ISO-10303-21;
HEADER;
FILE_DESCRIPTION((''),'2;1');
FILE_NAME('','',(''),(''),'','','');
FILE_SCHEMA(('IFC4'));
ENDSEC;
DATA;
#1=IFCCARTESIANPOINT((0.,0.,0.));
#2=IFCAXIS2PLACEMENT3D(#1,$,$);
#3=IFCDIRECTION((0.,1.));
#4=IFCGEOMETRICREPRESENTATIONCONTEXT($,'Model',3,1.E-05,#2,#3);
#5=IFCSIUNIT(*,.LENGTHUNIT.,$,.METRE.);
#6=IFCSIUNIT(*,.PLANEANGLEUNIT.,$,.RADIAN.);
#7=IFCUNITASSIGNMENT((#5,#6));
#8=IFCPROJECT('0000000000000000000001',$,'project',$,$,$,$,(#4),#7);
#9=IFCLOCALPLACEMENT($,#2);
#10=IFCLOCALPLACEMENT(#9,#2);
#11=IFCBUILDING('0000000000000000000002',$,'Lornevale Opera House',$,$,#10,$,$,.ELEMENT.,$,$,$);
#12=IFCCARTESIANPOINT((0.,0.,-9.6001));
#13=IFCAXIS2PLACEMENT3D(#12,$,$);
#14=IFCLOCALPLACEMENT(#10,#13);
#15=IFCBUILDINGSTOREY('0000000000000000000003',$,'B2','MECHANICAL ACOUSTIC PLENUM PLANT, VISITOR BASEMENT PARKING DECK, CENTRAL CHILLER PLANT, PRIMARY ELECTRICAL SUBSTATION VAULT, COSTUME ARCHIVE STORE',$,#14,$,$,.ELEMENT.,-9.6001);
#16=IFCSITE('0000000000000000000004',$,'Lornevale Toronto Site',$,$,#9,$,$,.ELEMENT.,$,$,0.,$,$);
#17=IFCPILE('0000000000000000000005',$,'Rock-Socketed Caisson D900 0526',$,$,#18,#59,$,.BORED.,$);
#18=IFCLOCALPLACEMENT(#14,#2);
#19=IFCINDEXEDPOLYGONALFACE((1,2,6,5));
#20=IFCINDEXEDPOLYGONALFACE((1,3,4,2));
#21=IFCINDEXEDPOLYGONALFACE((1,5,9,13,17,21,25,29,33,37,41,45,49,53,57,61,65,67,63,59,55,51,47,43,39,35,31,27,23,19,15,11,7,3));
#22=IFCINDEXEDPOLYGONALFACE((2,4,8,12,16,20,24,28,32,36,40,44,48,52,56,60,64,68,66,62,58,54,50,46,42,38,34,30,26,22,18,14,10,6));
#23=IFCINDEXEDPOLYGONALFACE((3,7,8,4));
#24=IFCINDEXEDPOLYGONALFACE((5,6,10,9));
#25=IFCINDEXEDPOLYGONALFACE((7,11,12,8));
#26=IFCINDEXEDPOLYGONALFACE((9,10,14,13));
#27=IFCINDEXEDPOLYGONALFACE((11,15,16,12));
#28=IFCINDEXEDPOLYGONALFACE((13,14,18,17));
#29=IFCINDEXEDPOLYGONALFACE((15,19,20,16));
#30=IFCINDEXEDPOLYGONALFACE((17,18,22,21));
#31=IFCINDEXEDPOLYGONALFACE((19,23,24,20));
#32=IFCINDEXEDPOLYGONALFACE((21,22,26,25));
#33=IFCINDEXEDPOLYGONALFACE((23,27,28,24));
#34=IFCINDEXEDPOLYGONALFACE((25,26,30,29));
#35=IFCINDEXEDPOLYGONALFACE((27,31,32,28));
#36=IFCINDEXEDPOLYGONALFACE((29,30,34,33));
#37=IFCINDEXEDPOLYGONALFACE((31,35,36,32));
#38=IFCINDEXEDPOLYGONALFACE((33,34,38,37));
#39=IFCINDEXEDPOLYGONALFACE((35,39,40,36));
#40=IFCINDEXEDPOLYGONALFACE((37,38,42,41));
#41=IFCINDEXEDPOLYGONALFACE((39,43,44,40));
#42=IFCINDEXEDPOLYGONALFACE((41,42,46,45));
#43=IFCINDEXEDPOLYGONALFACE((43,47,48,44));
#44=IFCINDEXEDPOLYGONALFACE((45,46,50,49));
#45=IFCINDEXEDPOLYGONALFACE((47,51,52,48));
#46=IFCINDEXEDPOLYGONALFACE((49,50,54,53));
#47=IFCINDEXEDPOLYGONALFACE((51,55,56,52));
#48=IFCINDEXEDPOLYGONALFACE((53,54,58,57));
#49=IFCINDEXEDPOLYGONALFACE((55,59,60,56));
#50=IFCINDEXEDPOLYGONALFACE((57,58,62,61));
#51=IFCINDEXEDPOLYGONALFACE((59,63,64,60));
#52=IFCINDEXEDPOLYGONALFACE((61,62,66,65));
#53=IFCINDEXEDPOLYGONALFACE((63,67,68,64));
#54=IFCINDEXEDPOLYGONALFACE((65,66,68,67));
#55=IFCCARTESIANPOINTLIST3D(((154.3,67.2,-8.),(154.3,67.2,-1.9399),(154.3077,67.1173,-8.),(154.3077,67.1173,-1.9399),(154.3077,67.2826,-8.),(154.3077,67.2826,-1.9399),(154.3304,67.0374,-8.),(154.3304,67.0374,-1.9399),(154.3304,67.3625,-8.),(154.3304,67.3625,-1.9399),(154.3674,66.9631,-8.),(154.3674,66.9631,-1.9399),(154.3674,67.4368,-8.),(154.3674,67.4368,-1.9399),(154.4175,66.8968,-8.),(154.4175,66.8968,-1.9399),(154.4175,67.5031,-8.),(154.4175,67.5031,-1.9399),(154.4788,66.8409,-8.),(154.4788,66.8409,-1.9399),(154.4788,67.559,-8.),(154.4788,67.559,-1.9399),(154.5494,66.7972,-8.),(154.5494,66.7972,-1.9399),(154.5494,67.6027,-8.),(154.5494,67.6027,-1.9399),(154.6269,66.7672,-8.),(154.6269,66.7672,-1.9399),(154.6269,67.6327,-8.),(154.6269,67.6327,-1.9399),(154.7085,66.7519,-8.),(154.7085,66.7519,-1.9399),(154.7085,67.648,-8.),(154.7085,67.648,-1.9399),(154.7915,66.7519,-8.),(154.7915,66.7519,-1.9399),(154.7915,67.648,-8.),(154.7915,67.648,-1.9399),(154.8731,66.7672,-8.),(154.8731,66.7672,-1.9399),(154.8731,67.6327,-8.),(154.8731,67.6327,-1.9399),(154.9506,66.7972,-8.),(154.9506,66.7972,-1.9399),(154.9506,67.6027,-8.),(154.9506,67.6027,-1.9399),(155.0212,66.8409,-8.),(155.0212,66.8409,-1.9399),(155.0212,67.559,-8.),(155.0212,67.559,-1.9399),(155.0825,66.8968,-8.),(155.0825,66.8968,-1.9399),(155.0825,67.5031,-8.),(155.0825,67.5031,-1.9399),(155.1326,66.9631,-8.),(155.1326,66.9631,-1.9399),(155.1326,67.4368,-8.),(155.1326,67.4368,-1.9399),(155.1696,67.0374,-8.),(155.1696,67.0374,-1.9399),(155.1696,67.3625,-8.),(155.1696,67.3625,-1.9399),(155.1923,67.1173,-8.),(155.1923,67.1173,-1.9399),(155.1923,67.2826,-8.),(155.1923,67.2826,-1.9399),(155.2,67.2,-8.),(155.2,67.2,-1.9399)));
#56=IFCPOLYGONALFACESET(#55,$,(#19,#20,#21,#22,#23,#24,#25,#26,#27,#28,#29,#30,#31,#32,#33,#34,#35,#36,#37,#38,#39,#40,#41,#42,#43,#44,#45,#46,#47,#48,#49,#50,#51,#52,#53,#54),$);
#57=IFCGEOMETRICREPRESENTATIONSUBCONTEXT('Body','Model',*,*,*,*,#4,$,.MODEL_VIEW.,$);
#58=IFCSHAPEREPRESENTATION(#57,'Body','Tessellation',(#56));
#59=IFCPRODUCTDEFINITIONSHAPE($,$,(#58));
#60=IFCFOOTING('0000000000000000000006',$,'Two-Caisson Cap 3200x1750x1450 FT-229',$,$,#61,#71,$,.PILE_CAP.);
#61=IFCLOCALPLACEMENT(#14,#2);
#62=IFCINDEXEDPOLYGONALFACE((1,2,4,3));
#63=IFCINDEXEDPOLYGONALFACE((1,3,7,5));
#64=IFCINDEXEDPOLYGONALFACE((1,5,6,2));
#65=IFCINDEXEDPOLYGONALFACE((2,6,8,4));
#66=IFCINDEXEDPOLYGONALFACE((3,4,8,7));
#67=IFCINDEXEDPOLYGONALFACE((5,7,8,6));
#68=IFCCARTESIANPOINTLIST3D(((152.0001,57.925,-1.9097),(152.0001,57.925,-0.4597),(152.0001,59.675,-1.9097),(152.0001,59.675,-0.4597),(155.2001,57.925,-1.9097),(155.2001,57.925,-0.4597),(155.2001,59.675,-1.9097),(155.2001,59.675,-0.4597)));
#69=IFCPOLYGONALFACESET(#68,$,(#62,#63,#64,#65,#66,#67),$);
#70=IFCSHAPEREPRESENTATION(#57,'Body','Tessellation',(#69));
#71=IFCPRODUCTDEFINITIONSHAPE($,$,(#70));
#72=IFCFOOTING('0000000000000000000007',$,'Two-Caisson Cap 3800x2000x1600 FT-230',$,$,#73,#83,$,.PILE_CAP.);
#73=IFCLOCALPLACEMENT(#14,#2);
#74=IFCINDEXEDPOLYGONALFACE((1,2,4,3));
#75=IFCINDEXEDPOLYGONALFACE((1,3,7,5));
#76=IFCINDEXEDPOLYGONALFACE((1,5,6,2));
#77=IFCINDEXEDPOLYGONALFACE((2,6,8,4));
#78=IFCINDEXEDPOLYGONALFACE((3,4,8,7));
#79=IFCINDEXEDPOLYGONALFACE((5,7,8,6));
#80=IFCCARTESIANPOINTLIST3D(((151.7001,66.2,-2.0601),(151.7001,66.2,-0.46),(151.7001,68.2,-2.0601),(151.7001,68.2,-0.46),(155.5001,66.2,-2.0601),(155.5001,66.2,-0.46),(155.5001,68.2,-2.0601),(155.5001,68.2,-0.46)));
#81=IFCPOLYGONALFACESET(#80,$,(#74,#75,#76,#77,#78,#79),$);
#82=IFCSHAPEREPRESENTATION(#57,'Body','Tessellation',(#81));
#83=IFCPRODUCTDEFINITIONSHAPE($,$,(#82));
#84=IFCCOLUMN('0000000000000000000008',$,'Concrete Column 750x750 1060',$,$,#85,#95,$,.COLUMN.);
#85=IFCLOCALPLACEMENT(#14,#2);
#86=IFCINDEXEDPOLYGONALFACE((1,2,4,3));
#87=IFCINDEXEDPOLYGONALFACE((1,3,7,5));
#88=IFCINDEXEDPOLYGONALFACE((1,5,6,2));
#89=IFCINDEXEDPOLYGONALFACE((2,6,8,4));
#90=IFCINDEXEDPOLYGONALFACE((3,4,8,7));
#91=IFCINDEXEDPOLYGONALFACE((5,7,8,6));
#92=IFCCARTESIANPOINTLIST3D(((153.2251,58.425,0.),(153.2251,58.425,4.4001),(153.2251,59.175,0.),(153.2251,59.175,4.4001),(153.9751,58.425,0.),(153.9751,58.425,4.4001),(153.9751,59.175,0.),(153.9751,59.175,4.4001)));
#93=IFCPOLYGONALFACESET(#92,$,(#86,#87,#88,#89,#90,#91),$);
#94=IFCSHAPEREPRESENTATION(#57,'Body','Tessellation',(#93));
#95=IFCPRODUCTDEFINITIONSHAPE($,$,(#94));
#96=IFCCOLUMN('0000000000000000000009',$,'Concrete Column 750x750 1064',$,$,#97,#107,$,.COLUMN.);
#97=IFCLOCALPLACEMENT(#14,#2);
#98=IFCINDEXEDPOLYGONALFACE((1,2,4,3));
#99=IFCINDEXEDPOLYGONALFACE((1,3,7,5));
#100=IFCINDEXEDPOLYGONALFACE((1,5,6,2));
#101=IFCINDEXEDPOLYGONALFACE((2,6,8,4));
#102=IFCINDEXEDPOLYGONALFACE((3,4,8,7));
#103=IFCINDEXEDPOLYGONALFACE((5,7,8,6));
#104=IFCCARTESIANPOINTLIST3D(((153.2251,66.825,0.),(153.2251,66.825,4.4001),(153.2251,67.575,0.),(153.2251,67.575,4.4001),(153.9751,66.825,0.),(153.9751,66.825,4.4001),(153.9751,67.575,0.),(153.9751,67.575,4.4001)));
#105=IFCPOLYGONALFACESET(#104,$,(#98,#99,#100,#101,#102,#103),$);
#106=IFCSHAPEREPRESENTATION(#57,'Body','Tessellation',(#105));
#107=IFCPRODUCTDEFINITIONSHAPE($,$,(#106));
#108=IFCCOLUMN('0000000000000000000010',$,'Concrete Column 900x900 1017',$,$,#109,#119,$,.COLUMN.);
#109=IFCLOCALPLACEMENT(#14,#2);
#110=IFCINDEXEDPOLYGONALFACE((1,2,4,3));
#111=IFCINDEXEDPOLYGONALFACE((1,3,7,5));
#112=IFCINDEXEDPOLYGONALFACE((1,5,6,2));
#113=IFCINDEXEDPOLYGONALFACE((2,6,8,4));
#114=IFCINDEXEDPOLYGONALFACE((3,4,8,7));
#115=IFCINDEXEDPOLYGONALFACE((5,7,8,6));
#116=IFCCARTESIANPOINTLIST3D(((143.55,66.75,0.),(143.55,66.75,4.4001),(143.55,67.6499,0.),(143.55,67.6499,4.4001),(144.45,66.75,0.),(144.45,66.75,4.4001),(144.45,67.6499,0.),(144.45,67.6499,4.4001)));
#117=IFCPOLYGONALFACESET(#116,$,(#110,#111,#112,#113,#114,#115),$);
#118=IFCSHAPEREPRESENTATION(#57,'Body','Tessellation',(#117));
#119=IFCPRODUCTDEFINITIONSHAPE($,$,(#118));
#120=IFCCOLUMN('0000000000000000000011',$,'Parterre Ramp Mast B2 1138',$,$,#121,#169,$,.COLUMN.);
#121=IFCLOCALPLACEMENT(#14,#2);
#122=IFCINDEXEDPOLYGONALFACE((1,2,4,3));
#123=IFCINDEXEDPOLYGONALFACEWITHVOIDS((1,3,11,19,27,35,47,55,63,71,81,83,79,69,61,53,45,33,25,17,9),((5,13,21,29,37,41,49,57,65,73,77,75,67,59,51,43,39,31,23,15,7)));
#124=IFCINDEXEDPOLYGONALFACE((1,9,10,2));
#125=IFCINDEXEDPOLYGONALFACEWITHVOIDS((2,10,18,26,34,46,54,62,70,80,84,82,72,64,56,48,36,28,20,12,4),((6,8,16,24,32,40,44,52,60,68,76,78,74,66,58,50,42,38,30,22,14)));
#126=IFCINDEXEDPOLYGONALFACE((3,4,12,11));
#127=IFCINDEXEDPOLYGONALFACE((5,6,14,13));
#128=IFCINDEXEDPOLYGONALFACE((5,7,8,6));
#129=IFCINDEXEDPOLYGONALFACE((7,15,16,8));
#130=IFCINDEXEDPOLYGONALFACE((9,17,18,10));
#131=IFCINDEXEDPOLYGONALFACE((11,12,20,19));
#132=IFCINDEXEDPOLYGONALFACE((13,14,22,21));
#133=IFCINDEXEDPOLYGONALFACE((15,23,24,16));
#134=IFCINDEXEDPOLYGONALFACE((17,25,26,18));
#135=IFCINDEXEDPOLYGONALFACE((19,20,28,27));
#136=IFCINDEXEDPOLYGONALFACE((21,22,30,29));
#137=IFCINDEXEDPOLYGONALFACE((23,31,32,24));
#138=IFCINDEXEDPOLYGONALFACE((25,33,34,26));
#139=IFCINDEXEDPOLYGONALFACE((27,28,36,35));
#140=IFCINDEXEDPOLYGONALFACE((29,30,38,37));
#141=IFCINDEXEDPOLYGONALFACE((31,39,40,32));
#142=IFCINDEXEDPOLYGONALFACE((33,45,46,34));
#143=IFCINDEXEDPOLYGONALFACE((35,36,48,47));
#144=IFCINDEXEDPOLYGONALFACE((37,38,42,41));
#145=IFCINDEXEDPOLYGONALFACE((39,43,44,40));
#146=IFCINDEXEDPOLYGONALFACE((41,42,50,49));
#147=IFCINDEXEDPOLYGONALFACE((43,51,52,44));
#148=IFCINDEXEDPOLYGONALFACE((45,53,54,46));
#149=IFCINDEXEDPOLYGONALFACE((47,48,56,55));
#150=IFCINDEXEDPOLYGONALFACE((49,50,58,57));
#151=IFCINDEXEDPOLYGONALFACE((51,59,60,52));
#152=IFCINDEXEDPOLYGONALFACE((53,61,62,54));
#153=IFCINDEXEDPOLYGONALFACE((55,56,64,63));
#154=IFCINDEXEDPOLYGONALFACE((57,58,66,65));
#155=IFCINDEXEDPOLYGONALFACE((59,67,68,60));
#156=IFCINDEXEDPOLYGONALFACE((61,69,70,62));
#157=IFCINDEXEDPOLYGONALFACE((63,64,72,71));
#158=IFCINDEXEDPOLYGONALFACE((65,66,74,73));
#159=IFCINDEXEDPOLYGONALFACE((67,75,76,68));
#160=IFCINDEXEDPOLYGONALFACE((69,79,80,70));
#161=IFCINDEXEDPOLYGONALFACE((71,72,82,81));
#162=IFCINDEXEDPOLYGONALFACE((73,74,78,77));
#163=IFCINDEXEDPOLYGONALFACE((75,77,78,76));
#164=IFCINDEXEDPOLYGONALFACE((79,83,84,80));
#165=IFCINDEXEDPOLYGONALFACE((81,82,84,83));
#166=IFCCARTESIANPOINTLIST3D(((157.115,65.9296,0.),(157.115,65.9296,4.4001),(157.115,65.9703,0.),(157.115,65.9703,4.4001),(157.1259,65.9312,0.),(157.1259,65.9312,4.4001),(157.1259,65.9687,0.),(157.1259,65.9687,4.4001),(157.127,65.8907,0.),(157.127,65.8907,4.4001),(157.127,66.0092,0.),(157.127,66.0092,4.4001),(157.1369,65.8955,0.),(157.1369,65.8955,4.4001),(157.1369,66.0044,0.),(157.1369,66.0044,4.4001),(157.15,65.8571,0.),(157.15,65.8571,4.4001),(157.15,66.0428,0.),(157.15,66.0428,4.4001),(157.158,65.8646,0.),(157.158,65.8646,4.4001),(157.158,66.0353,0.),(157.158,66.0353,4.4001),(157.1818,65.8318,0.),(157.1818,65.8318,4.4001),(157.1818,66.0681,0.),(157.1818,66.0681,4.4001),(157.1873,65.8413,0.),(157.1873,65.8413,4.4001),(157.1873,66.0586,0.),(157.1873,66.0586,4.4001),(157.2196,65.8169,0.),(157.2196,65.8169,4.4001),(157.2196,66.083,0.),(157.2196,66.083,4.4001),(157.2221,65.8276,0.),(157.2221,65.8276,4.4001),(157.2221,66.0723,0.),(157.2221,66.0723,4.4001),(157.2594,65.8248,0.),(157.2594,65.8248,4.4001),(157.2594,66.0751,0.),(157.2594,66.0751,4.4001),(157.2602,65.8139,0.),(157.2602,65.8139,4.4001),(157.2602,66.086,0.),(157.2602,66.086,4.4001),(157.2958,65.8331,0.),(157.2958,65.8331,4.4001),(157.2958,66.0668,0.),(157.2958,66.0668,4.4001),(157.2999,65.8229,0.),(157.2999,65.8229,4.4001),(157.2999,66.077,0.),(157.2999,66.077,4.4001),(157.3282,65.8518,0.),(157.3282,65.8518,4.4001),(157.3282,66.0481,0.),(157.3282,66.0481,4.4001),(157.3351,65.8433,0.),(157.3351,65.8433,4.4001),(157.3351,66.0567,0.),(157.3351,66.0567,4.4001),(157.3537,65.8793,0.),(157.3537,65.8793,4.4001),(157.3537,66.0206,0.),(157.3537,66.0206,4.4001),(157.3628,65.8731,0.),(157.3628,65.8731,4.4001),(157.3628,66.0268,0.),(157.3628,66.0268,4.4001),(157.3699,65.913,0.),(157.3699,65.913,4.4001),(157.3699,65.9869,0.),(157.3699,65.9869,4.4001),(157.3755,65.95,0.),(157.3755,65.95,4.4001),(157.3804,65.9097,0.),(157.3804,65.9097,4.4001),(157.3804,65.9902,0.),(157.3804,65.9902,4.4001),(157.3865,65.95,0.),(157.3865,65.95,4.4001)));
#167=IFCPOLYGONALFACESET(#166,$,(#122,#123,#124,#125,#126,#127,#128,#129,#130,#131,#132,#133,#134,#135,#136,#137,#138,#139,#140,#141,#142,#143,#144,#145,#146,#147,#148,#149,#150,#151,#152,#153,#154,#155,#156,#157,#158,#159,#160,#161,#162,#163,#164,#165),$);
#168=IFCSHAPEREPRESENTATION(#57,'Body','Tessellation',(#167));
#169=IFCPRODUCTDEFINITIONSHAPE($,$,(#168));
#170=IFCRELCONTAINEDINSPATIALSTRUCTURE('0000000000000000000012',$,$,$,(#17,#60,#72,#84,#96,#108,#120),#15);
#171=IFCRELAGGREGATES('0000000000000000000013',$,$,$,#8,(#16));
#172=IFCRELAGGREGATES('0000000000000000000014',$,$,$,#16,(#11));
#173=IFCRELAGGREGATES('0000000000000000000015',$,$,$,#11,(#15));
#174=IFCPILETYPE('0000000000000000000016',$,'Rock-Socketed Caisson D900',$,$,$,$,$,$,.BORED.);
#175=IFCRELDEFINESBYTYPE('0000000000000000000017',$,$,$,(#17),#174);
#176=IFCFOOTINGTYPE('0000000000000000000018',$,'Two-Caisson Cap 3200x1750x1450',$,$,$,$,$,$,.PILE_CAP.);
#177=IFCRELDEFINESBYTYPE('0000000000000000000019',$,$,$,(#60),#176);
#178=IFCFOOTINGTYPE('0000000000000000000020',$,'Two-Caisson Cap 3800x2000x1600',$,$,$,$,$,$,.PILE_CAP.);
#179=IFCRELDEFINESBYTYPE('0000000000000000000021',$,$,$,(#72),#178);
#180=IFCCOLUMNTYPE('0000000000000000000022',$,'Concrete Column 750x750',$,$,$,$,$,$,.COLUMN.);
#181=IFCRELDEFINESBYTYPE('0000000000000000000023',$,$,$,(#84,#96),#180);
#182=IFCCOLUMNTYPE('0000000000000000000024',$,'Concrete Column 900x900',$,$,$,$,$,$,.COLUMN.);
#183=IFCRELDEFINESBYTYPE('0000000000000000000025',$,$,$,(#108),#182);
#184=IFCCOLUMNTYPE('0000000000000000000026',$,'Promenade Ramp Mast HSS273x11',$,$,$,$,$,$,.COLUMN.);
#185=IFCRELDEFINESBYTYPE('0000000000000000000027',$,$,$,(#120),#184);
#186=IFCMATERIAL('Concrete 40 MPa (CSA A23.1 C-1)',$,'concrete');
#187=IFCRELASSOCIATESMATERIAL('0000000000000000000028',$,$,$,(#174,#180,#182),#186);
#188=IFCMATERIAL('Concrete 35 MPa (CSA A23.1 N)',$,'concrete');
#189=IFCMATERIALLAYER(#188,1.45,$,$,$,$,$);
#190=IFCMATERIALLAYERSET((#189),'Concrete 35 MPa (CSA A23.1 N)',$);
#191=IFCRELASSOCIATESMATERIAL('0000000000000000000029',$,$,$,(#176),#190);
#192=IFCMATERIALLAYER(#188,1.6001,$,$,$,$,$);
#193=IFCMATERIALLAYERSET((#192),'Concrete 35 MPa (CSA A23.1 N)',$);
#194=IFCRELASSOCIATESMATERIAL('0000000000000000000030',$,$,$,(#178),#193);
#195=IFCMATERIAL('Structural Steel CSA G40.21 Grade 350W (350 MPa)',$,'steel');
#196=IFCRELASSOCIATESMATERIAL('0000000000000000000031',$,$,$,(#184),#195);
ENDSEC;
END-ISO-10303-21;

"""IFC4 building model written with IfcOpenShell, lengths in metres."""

from ifc_helpers import new_model, si_unit, direction, frame, origin, origin_2d, place, context, subcontext, project, spatial, rectangle, circle, hollow_circle, extrude, material, layer, layer_set, material_profile, profile_set, type_object, element, save


model = new_model("IFC4")

# Units and contexts
model_context = context("Model", 3, precision=1e-05, world=origin(), true_north=direction((0.0, 1.0)))
body_context = subcontext(model_context, "Body", "Model", "MODEL_VIEW")
ifc_project = project(units=[si_unit("LENGTHUNIT", "METRE"), si_unit("PLANEANGLEUNIT", "RADIAN")], contexts=[model_context])

# Site, building, storey
site_placement = place(None, origin())
site = spatial("IfcSite", under=ifc_project, at=site_placement, Name="Lornevale Toronto Site", CompositionType="ELEMENT", RefElevation=0.0)
building_placement = place(site_placement, origin())
building = spatial("IfcBuilding", under=site, at=building_placement, Name="Lornevale Opera House", CompositionType="ELEMENT")
storey_placement = place(building_placement, frame((0.0, 0.0, -9.6001)))
storey = spatial("IfcBuildingStorey", under=building, at=storey_placement, Name="B2", Description="MECHANICAL ACOUSTIC PLENUM PLANT, VISITOR BASEMENT PARKING DECK, CENTRAL CHILLER PLANT, PRIMARY ELECTRICAL SUBSTATION VAULT, COSTUME ARCHIVE STORE", CompositionType="ELEMENT", Elevation=-9.6001)

# Shared definitions
ifc_material_1 = material(Name="Concrete 35 MPa (CSA A23.1 N)", Category="concrete")

# Pile
ifc_material_2 = material(Name="Concrete 40 MPa (CSA A23.1 C-1)", Category="concrete")
ifc_material_profile_1 = material_profile(ifc_material_2, circle(Radius=0.45, at=origin_2d()), Name="CAIS900")
ifc_profile_set_1 = profile_set([ifc_material_profile_1], Name="Concrete 40 MPa (CSA A23.1 C-1)")
pile_type_1 = type_object("IfcPileType", Name="Rock-Socketed Caisson D900", PredefinedType="BORED", material=ifc_profile_set_1)
for number, where, z_axis, x_axis, name in (
    (1, (154.75, 67.2, -1.9399), (0.0, 0.0, -1.0), (1.0, 0.0, 0.0), "Rock-Socketed Caisson D900 0526"),
):
    element("IfcPile", number, at=place(storey_placement, frame(where, z_axis=z_axis, x_axis=x_axis)), inside=storey, type_object=pile_type_1, Name=name, PredefinedType="BORED", context=body_context, shape_type="SweptSolid", body=[
        extrude(circle(Radius=0.45, at=origin_2d()), origin(), (0.0, 0.0, 1.0), 6.0601),
    ])

# Footings
ifc_layer_1 = layer(ifc_material_1, 1.45)
ifc_layer_set_1 = layer_set([ifc_layer_1], Name="Concrete 35 MPa (CSA A23.1 N)")
footing_type_1 = type_object("IfcFootingType", Name="Two-Caisson Cap 3200x1750x1450", PredefinedType="PILE_CAP", material=ifc_layer_set_1)
footing_1_placement = place(storey_placement, frame((153.6001, 58.8, -1.9097), z_axis=(0.0, 0.0, 1.0), x_axis=(1.0, 0.0, 0.0)))
element("IfcFooting", 2, at=footing_1_placement, inside=storey, type_object=footing_type_1, Name="Two-Caisson Cap 3200x1750x1450 FT-229", PredefinedType="PILE_CAP", context=body_context, shape_type="SweptSolid", body=[
    extrude(rectangle(XDim=3.2, YDim=1.75, at=origin_2d()), origin(), (0.0, 0.0, 1.0), 1.45),
])
ifc_layer_2 = layer(ifc_material_1, 1.6001)
ifc_layer_set_2 = layer_set([ifc_layer_2], Name="Concrete 35 MPa (CSA A23.1 N)")
footing_type_2 = type_object("IfcFootingType", Name="Two-Caisson Cap 3800x2000x1600", PredefinedType="PILE_CAP", material=ifc_layer_set_2)
footing_2_placement = place(storey_placement, frame((153.6001, 67.2, -2.0601), z_axis=(0.0, 0.0, 1.0), x_axis=(1.0, 0.0, 0.0)))
element("IfcFooting", 3, at=footing_2_placement, inside=storey, type_object=footing_type_2, Name="Two-Caisson Cap 3800x2000x1600 FT-230", PredefinedType="PILE_CAP", context=body_context, shape_type="SweptSolid", body=[
    extrude(rectangle(XDim=3.8, YDim=2.0, at=origin_2d()), origin(), (0.0, 0.0, 1.0), 1.6001),
])

# Columns
ifc_material_profile_2 = material_profile(ifc_material_2, rectangle(XDim=0.75, YDim=0.75, at=origin_2d()), Name="RC750x750")
ifc_profile_set_2 = profile_set([ifc_material_profile_2], Name="Concrete 40 MPa (CSA A23.1 C-1)")
column_type_1 = type_object("IfcColumnType", Name="Concrete Column 750x750", PredefinedType="COLUMN", material=ifc_profile_set_2)
for number, where, z_axis, x_axis, name in (
    (4, (153.6001, 58.8, 0.0), (0.0, 0.0, 1.0), (1.0, 0.0, 0.0), "Concrete Column 750x750 1060"),
    (5, (153.6001, 67.2, 0.0), (0.0, 0.0, 1.0), (1.0, 0.0, 0.0), "Concrete Column 750x750 1064"),
):
    element("IfcColumn", number, at=place(storey_placement, frame(where, z_axis=z_axis, x_axis=x_axis)), inside=storey, type_object=column_type_1, Name=name, PredefinedType="COLUMN", context=body_context, shape_type="SweptSolid", body=[
        extrude(rectangle(XDim=0.75, YDim=0.75, at=origin_2d()), origin(), (0.0, 0.0, 1.0), 4.4001),
    ])
ifc_material_profile_3 = material_profile(ifc_material_2, rectangle(XDim=0.8999, YDim=0.8999, at=origin_2d()), Name="RC900x900")
ifc_profile_set_3 = profile_set([ifc_material_profile_3], Name="Concrete 40 MPa (CSA A23.1 C-1)")
column_type_2 = type_object("IfcColumnType", Name="Concrete Column 900x900", PredefinedType="COLUMN", material=ifc_profile_set_3)
column_placement = place(storey_placement, frame((144.0, 67.2, 0.0), z_axis=(0.0, 0.0, 1.0), x_axis=(1.0, 0.0, 0.0)))
element("IfcColumn", 6, at=column_placement, inside=storey, type_object=column_type_2, Name="Concrete Column 900x900 1017", PredefinedType="COLUMN", context=body_context, shape_type="SweptSolid", body=[
    extrude(rectangle(XDim=0.8999, YDim=0.8999, at=origin_2d()), origin(), (0.0, 0.0, 1.0), 4.4001),
])
ifc_material_3 = material(Name="Structural Steel CSA G40.21 Grade 350W (350 MPa)", Category="steel")
ifc_material_profile_4 = material_profile(ifc_material_3, hollow_circle(Radius=0.1365, WallThickness=0.011, at=origin_2d()), Name="HSS273x11")
ifc_profile_set_4 = profile_set([ifc_material_profile_4], Name="Structural Steel CSA G40.21 Grade 350W (350 MPa)")
column_type_3 = type_object("IfcColumnType", Name="Promenade Ramp Mast HSS273x11", PredefinedType="COLUMN", material=ifc_profile_set_4)
for number, where, z_axis, x_axis, name in (
    (7, (157.25, 65.95, 0.0), (0.0, 0.0, 1.0), (1.0, 0.0, 0.0), "Parterre Ramp Mast B2 1138"),
):
    element("IfcColumn", number, at=place(storey_placement, frame(where, z_axis=z_axis, x_axis=x_axis)), inside=storey, type_object=column_type_3, Name=name, PredefinedType="COLUMN", context=body_context, shape_type="SweptSolid", body=[
        extrude(hollow_circle(Radius=0.1365, WallThickness=0.011, at=origin_2d()), origin(), (0.0, 0.0, 1.0), 4.4001),
    ])

save(model, "model.ifc")
